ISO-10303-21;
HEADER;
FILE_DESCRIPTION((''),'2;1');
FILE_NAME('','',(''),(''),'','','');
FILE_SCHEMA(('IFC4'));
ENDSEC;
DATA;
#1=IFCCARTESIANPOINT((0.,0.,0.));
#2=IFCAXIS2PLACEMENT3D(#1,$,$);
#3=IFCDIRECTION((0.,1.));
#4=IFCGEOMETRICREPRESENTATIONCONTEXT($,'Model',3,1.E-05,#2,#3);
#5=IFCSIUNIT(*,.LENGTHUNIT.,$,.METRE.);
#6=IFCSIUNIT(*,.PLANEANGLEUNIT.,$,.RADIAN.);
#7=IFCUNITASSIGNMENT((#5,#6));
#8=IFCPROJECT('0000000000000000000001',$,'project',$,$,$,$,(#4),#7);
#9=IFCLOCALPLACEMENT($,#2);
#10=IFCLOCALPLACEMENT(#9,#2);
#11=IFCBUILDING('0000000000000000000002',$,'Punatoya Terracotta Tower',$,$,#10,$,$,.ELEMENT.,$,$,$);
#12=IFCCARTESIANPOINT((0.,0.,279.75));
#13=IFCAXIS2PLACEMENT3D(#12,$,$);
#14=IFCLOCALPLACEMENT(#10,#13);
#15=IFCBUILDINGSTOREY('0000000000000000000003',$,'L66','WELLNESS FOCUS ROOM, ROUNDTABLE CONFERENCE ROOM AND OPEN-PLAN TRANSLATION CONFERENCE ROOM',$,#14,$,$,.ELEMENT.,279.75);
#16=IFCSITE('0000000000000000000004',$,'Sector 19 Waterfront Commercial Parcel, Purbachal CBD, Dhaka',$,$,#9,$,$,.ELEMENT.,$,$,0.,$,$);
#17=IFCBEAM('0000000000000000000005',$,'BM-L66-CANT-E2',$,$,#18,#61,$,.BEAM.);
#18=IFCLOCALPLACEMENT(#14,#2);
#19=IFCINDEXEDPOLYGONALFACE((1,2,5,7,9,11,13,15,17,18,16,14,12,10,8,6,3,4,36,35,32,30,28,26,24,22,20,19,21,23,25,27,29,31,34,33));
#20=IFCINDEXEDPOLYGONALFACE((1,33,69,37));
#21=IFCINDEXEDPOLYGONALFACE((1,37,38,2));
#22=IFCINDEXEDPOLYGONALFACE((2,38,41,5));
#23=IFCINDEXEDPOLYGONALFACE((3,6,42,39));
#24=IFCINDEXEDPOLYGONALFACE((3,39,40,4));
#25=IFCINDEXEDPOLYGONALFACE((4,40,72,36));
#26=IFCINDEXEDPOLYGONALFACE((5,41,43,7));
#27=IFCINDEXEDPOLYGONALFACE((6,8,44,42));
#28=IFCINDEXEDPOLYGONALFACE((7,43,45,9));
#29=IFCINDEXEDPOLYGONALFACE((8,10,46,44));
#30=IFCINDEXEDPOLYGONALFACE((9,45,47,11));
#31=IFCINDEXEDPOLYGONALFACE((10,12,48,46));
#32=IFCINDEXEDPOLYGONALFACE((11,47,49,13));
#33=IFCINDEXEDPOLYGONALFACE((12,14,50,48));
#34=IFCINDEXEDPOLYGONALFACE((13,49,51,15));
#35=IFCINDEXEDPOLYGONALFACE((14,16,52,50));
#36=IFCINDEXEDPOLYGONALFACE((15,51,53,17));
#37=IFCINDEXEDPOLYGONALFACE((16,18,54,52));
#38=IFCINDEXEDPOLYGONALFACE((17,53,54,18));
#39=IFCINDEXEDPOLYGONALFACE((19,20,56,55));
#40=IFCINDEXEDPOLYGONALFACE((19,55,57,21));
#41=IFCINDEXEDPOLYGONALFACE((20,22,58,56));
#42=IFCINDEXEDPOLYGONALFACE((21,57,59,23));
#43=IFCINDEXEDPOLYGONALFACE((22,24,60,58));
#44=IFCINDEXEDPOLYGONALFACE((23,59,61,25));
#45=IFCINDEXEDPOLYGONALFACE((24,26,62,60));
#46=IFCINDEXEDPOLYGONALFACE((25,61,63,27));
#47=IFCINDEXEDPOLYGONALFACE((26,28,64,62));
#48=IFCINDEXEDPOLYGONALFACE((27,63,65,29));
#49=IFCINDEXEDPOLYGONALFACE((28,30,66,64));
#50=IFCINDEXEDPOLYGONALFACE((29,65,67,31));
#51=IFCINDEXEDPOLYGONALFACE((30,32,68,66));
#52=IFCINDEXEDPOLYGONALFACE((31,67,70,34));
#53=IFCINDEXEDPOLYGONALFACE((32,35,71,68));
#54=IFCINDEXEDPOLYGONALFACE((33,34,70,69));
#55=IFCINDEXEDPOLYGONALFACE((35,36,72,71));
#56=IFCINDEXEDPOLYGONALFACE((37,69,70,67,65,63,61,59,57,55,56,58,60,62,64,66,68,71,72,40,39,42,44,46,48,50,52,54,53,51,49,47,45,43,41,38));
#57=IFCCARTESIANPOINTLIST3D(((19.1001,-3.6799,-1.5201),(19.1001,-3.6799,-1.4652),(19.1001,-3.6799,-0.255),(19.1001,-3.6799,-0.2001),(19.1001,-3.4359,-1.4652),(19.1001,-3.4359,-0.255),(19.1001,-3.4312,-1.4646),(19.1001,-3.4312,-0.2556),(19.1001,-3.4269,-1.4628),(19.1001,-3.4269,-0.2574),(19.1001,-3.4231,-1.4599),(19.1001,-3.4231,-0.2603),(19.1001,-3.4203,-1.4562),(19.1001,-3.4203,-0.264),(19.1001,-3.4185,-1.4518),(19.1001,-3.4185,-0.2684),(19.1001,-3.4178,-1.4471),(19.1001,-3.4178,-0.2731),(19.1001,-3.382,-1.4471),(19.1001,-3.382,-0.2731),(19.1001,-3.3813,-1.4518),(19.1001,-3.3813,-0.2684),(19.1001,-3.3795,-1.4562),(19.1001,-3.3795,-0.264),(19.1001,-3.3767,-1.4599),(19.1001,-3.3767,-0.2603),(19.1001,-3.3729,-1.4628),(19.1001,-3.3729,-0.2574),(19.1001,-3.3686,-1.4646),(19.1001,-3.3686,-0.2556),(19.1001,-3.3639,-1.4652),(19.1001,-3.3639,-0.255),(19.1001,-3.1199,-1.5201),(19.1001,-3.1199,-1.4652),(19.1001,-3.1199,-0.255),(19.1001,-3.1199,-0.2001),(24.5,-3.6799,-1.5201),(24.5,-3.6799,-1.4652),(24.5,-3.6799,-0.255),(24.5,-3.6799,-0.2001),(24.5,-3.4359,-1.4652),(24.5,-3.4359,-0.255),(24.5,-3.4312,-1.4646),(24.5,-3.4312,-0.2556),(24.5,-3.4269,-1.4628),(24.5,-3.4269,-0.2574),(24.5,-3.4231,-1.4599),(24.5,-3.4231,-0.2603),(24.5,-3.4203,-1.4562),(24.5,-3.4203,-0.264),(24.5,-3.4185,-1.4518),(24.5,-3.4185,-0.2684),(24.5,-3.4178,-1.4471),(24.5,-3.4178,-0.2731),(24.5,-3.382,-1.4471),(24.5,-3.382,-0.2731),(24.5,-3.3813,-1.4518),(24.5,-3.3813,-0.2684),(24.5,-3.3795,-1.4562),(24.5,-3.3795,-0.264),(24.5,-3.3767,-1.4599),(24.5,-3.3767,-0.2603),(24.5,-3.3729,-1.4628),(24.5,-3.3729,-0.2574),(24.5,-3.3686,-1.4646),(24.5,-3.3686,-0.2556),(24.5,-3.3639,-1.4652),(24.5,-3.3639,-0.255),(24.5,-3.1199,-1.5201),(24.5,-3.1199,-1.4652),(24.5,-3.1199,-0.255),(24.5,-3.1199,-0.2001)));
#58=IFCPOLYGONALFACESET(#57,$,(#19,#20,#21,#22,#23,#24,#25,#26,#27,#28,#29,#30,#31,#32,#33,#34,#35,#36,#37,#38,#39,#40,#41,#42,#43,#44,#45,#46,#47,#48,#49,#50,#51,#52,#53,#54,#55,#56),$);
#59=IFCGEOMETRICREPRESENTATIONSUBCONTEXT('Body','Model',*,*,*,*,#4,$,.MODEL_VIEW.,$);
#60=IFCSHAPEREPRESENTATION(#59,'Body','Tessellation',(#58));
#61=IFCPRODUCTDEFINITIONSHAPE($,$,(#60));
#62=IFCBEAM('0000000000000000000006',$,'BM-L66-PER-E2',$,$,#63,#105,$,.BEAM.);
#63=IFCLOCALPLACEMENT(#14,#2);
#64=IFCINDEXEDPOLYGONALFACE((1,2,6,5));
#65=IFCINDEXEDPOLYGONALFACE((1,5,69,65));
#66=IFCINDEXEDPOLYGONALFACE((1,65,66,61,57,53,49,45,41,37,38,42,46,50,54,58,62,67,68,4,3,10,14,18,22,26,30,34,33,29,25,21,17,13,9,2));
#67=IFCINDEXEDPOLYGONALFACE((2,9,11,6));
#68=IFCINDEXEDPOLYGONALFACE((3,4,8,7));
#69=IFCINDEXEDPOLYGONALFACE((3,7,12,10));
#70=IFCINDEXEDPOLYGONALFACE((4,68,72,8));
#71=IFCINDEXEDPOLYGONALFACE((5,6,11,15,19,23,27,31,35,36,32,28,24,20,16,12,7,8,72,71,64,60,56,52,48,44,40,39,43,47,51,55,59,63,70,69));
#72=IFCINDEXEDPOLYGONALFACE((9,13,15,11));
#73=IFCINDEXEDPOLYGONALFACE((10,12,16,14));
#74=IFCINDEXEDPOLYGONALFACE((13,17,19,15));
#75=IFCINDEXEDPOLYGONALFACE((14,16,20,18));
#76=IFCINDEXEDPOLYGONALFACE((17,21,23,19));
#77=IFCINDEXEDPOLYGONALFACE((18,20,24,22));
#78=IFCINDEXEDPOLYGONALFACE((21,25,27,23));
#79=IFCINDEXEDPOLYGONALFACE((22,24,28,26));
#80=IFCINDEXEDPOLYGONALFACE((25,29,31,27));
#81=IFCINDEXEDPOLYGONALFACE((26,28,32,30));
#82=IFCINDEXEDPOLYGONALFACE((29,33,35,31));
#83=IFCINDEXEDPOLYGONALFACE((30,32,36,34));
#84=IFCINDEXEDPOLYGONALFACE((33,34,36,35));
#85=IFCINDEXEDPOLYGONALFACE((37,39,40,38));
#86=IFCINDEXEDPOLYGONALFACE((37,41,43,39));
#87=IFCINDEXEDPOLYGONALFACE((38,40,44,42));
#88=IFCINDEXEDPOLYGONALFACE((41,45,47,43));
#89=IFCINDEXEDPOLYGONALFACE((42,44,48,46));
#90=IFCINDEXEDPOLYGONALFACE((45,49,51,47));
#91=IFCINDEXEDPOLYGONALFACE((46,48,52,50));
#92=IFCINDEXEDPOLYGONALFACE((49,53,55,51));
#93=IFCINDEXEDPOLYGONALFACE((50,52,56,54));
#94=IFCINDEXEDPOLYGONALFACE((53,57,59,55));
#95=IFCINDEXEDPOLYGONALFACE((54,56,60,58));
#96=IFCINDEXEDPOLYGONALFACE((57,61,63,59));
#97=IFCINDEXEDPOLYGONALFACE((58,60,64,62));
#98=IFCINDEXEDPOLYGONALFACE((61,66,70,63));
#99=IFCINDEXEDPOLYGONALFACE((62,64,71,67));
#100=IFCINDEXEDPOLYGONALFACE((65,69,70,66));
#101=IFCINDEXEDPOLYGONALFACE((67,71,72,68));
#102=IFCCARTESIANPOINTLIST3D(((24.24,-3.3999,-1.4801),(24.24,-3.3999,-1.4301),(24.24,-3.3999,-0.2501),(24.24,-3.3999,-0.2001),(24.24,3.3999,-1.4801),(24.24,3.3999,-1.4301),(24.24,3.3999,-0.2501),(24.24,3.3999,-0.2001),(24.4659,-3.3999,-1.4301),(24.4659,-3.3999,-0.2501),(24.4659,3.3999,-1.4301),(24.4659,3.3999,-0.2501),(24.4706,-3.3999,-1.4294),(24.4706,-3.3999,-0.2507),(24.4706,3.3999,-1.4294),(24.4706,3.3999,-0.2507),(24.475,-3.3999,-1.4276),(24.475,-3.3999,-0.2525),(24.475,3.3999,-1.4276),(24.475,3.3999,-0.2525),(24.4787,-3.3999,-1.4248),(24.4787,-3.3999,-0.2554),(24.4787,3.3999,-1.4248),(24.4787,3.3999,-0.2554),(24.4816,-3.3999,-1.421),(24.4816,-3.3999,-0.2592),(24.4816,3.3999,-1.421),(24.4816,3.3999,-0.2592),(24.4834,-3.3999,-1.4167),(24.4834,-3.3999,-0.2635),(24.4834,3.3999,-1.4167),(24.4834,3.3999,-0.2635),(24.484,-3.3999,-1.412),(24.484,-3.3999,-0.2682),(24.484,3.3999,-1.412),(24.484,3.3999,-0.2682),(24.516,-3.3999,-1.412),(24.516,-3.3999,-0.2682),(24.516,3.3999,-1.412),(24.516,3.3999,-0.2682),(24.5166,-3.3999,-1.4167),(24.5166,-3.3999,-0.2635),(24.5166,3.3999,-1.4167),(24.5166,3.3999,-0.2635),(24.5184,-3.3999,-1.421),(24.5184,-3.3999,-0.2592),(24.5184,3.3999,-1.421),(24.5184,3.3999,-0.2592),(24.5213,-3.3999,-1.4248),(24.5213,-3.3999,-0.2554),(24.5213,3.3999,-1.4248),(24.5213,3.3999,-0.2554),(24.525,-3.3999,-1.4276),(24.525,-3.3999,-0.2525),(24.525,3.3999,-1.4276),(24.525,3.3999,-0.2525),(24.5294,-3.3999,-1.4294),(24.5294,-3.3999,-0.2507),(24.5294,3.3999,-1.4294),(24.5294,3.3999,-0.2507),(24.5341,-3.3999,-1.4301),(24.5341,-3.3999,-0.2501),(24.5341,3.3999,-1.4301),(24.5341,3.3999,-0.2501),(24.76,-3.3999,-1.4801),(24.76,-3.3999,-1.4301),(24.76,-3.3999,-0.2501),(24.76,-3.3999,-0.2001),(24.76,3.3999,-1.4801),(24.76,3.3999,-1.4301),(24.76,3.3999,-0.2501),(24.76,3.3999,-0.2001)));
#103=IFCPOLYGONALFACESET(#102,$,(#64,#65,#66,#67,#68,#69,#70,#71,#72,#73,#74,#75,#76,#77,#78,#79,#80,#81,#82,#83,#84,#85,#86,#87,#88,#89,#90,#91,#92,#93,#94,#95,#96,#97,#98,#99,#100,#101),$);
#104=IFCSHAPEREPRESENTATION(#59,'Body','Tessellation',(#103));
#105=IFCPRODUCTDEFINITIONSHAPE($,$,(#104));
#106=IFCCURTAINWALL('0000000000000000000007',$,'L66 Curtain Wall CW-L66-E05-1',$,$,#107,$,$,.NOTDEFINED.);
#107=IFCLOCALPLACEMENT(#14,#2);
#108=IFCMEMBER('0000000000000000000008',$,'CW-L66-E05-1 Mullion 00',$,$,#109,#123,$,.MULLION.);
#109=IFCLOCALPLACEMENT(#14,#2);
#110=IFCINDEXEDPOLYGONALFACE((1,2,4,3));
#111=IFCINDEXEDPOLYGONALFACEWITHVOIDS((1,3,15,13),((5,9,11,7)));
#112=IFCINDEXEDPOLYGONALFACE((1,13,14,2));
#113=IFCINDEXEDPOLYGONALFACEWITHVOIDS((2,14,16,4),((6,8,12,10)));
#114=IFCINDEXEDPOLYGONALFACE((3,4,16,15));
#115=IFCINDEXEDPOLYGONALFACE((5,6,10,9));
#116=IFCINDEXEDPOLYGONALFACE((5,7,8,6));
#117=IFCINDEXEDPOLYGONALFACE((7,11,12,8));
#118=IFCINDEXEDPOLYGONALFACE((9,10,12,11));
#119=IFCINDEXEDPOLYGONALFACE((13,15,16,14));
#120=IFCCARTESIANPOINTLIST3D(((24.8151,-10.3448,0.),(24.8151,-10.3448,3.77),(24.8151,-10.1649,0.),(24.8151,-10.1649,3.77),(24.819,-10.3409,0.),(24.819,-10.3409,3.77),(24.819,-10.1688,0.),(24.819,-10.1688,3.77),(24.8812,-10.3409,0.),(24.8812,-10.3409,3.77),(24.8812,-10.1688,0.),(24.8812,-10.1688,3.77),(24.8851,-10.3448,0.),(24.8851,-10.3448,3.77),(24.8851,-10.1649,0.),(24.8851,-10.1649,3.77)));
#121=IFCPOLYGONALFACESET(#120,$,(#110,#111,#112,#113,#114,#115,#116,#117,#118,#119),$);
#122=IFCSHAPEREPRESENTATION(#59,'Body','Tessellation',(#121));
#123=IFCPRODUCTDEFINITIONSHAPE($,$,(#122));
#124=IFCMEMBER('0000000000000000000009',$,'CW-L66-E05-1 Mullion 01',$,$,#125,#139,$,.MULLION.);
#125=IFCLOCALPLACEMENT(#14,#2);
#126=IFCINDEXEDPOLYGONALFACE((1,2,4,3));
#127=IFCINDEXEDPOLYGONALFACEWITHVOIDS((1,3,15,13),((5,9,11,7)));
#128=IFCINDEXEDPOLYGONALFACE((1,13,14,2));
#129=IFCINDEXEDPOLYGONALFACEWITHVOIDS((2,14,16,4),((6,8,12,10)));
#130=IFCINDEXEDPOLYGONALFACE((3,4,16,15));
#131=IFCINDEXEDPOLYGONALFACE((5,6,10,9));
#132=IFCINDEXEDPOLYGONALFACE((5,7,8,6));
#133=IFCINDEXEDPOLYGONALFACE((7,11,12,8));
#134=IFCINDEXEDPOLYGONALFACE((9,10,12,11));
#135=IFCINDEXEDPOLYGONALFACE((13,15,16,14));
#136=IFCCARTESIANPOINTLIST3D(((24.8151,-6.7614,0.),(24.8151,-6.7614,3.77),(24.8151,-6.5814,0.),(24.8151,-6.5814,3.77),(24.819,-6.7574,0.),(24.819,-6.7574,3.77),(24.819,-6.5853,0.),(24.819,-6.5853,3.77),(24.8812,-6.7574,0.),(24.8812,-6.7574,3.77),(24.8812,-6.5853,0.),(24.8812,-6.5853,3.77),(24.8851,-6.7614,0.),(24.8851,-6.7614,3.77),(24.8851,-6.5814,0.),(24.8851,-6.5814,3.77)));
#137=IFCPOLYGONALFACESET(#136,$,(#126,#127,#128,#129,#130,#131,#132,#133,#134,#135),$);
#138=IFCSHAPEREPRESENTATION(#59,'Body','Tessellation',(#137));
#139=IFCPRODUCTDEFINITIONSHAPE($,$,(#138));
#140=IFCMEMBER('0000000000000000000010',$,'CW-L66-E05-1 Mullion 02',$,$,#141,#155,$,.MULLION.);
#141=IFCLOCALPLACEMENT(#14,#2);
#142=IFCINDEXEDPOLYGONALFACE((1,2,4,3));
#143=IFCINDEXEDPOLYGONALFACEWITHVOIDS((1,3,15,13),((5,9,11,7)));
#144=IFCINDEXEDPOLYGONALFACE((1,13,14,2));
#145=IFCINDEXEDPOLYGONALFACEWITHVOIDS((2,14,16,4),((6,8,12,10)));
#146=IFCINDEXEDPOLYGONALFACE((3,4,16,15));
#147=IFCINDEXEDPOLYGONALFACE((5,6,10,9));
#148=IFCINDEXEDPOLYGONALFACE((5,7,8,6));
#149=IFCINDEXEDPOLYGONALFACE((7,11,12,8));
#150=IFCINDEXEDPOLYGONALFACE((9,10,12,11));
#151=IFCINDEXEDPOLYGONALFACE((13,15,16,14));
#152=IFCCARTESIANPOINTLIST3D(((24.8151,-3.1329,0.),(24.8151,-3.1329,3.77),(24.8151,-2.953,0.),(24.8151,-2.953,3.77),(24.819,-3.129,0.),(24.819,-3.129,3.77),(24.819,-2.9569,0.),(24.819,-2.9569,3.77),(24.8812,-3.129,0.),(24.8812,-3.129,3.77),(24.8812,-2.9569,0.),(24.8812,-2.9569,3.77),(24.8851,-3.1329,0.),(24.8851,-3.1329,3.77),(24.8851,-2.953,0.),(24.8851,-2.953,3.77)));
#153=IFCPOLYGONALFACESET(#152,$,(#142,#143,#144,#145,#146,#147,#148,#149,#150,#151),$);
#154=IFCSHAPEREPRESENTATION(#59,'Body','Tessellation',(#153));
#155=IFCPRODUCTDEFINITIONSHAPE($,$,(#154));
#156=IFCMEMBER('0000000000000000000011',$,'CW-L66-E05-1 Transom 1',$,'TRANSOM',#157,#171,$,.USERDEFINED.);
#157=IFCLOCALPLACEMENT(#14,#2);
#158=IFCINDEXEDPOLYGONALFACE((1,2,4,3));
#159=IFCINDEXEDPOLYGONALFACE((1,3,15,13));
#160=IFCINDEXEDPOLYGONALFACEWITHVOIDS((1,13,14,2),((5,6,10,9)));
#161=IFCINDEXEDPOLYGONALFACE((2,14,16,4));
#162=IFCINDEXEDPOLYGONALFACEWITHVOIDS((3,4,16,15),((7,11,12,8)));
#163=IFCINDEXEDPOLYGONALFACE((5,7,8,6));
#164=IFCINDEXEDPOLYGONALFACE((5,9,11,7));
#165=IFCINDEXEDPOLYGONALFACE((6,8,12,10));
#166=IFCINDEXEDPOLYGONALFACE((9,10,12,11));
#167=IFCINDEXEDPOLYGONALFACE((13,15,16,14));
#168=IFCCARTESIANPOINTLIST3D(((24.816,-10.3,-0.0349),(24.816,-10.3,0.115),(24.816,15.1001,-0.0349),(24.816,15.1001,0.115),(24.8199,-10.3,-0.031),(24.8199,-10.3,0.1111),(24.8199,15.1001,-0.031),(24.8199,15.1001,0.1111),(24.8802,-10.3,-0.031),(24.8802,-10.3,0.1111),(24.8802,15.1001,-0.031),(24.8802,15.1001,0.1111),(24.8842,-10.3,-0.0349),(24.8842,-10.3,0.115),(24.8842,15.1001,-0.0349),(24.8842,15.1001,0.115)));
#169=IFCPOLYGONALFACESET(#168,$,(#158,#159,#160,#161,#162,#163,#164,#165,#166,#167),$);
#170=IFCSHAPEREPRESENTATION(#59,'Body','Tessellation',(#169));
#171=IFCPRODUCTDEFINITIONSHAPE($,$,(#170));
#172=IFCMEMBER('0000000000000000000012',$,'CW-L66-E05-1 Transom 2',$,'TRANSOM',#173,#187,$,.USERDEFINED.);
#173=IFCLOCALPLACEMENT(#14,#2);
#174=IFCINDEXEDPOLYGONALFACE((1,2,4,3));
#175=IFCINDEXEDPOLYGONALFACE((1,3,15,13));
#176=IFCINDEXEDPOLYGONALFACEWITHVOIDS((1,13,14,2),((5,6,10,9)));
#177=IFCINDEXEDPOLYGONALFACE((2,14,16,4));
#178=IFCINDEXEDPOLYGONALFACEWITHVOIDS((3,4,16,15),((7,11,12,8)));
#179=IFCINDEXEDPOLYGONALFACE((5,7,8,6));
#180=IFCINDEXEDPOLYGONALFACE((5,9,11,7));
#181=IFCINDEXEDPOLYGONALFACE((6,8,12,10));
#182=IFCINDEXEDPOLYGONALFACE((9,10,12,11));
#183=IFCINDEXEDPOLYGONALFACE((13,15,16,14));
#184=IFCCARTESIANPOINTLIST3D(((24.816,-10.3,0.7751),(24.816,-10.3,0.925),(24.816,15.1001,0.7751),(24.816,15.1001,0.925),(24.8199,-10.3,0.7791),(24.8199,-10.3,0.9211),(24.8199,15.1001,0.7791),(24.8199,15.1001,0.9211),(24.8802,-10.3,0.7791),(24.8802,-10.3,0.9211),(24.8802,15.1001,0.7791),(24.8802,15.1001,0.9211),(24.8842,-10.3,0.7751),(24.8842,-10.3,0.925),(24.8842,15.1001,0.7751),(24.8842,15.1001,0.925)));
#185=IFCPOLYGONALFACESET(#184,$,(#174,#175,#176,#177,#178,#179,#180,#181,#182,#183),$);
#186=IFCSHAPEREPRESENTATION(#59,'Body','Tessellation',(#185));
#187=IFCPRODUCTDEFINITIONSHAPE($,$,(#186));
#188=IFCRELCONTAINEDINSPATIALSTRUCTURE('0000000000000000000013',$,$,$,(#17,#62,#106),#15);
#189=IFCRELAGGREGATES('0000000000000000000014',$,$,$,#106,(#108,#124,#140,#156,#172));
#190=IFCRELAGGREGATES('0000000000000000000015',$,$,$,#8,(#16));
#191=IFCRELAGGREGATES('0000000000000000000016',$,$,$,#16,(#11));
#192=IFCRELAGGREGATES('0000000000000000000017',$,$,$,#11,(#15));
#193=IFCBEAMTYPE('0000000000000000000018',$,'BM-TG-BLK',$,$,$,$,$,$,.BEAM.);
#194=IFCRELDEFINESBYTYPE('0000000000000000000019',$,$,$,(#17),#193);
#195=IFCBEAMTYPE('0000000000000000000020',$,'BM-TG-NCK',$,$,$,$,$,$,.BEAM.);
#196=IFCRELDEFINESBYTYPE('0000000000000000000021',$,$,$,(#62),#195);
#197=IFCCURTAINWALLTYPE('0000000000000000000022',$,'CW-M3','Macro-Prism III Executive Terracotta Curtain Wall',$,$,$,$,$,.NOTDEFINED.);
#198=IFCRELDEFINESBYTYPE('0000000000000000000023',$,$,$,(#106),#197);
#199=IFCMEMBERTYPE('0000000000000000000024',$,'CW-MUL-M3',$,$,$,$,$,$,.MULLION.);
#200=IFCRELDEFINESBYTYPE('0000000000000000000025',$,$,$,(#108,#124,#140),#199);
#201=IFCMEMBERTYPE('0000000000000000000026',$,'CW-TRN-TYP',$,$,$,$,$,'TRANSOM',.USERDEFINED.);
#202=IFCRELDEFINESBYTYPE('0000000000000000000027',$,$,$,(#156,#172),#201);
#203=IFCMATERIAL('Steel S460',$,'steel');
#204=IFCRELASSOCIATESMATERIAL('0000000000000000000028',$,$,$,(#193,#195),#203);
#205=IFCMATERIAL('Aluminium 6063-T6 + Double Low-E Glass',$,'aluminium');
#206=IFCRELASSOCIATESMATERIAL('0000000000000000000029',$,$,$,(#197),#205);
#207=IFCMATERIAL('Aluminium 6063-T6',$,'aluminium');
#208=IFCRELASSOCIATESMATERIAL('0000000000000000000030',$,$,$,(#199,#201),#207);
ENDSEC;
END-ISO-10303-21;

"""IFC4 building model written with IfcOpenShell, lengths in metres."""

from ifc_helpers import new_model, si_unit, direction, frame, origin, origin_2d, place, context, subcontext, project, spatial, hollow_rectangle, i_section, extrude, material, material_profile, profile_set, type_object, element, aggregate, save


model = new_model("IFC4")

# Units and contexts
model_context = context("Model", 3, precision=1e-05, world=origin(), true_north=direction((0.0, 1.0)))
body_context = subcontext(model_context, "Body", "Model", "MODEL_VIEW")
ifc_project = project(units=[si_unit("LENGTHUNIT", "METRE"), si_unit("PLANEANGLEUNIT", "RADIAN")], contexts=[model_context])

# Site, building, storey
site_placement = place(None, origin())
site = spatial("IfcSite", under=ifc_project, at=site_placement, Name="Sector 19 Waterfront Commercial Parcel, Purbachal CBD, Dhaka", CompositionType="ELEMENT", RefElevation=0.0)
building_placement = place(site_placement, origin())
building = spatial("IfcBuilding", under=site, at=building_placement, Name="Punatoya Terracotta Tower", CompositionType="ELEMENT")
storey_placement = place(building_placement, frame((0.0, 0.0, 279.75)))
storey = spatial("IfcBuildingStorey", under=building, at=storey_placement, Name="L66", Description="WELLNESS FOCUS ROOM, ROUNDTABLE CONFERENCE ROOM AND OPEN-PLAN TRANSLATION CONFERENCE ROOM", CompositionType="ELEMENT", Elevation=279.75)

# Shared definitions
ifc_material_1 = material(Name="Steel S460", Category="steel")

# Beams
ifc_material_profile_1 = material_profile(ifc_material_1, i_section(OverallWidth=0.5601, OverallDepth=1.3201, WebThickness=0.0359, FlangeThickness=0.0549, FilletRadius=0.0181, at=origin_2d()))
ifc_profile_set_1 = profile_set([ifc_material_profile_1], Name="Steel S460")
beam_type_1 = type_object("IfcBeamType", Name="BM-TG-BLK", PredefinedType="BEAM", material=ifc_profile_set_1)
beam_1_placement = place(storey_placement, frame((19.1001, -3.3999, -0.8601), z_axis=(1.0, 0.0, 0.0), x_axis=(0.0, 1.0, 0.0)))
element("IfcBeam", 1, at=beam_1_placement, inside=storey, type_object=beam_type_1, Name="BM-L66-CANT-E2", PredefinedType="BEAM", context=body_context, shape_type="SweptSolid", body=[
    extrude(i_section(OverallWidth=0.5601, OverallDepth=1.3201, WebThickness=0.0359, FlangeThickness=0.0549, FilletRadius=0.0181, at=origin_2d()), origin(), (0.0, 0.0, 1.0), 5.3999),
])
ifc_material_profile_2 = material_profile(ifc_material_1, i_section(OverallWidth=0.52, OverallDepth=1.28, WebThickness=0.032, FlangeThickness=0.05, FilletRadius=0.0181, at=origin_2d()))
ifc_profile_set_2 = profile_set([ifc_material_profile_2], Name="Steel S460")
beam_type_2 = type_object("IfcBeamType", Name="BM-TG-NCK", PredefinedType="BEAM", material=ifc_profile_set_2)
beam_2_placement = place(storey_placement, frame((24.5, -3.3999, -0.8401), z_axis=(0.0, 1.0, 0.0), x_axis=(-1.0, 0.0, 0.0)))
element("IfcBeam", 2, at=beam_2_placement, inside=storey, type_object=beam_type_2, Name="BM-L66-PER-E2", PredefinedType="BEAM", context=body_context, shape_type="SweptSolid", body=[
    extrude(i_section(OverallWidth=0.52, OverallDepth=1.28, WebThickness=0.032, FlangeThickness=0.05, FilletRadius=0.0181, at=origin_2d()), origin(), (0.0, 0.0, 1.0), 6.7998),
])

# Curtain wall, members
ifc_material_2 = material(Name="Aluminium 6063-T6 + Double Low-E Glass", Category="aluminium")
curtain_wall_type = type_object("IfcCurtainWallType", Name="CW-M3", Description="Macro-Prism III Executive Terracotta Curtain Wall", PredefinedType="NOTDEFINED", material=ifc_material_2)
curtain_wall_placement = place(storey_placement, origin())
curtain_wall = element("IfcCurtainWall", 3, at=curtain_wall_placement, inside=storey, type_object=curtain_wall_type, Name="L66 Curtain Wall CW-L66-E05-1", PredefinedType="NOTDEFINED")
ifc_material_3 = material(Name="Aluminium 6063-T6", Category="aluminium")
ifc_material_profile_3 = material_profile(ifc_material_3, hollow_rectangle(XDim=0.0701, YDim=0.1799, WallThickness=0.0039, at=origin_2d()))
ifc_profile_set_3 = profile_set([ifc_material_profile_3], Name="Aluminium 6063-T6")
member_type_1 = type_object("IfcMemberType", Name="CW-MUL-M3", PredefinedType="MULLION", material=ifc_profile_set_3)
member_1_placement = place(storey_placement, frame((24.8501, -10.2549, 0.0), z_axis=(0.0, 0.0, 1.0), x_axis=(1.0, 0.0, 0.0)))
member_1 = element("IfcMember", 4, at=member_1_placement, type_object=member_type_1, Name="CW-L66-E05-1 Mullion 00", PredefinedType="MULLION", context=body_context, shape_type="SweptSolid", body=[
    extrude(hollow_rectangle(XDim=0.0701, YDim=0.1799, WallThickness=0.0039, at=origin_2d()), origin(), (0.0, 0.0, 1.0), 3.77),
])
member_2_placement = place(storey_placement, frame((24.8501, -6.6714, 0.0), z_axis=(0.0, 0.0, 1.0), x_axis=(1.0, 0.0, 0.0)))
member_2 = element("IfcMember", 5, at=member_2_placement, type_object=member_type_1, Name="CW-L66-E05-1 Mullion 01", PredefinedType="MULLION", context=body_context, shape_type="SweptSolid", body=[
    extrude(hollow_rectangle(XDim=0.0701, YDim=0.1799, WallThickness=0.0039, at=origin_2d()), origin(), (0.0, 0.0, 1.0), 3.77),
])
member_3_placement = place(storey_placement, frame((24.8501, -3.043, 0.0), z_axis=(0.0, 0.0, 1.0), x_axis=(1.0, 0.0, 0.0)))
member_3 = element("IfcMember", 6, at=member_3_placement, type_object=member_type_1, Name="CW-L66-E05-1 Mullion 02", PredefinedType="MULLION", context=body_context, shape_type="SweptSolid", body=[
    extrude(hollow_rectangle(XDim=0.0701, YDim=0.1799, WallThickness=0.0039, at=origin_2d()), origin(), (0.0, 0.0, 1.0), 3.77),
])
ifc_material_profile_4 = material_profile(ifc_material_3, hollow_rectangle(XDim=0.0681, YDim=0.1499, WallThickness=0.0039, at=origin_2d()))
ifc_profile_set_4 = profile_set([ifc_material_profile_4], Name="Aluminium 6063-T6")
member_type_2 = type_object("IfcMemberType", Name="CW-TRN-TYP", ElementType="TRANSOM", PredefinedType="USERDEFINED", material=ifc_profile_set_4)
member_4_placement = place(storey_placement, frame((24.8501, -10.3, 0.04), z_axis=(0.0, 1.0, 0.0), x_axis=(-1.0, 0.0, 0.0)))
member_4 = element("IfcMember", 7, at=member_4_placement, type_object=member_type_2, Name="CW-L66-E05-1 Transom 1", ObjectType="TRANSOM", PredefinedType="USERDEFINED", context=body_context, shape_type="SweptSolid", body=[
    extrude(hollow_rectangle(XDim=0.0681, YDim=0.1499, WallThickness=0.0039, at=origin_2d()), origin(), (0.0, 0.0, 1.0), 25.4001),
])
member_5_placement = place(storey_placement, frame((24.8501, -10.3, 0.8501), z_axis=(0.0, 1.0, 0.0), x_axis=(-1.0, 0.0, 0.0)))
member_5 = element("IfcMember", 8, at=member_5_placement, type_object=member_type_2, Name="CW-L66-E05-1 Transom 2", ObjectType="TRANSOM", PredefinedType="USERDEFINED", context=body_context, shape_type="SweptSolid", body=[
    extrude(hollow_rectangle(XDim=0.0681, YDim=0.1499, WallThickness=0.0039, at=origin_2d()), origin(), (0.0, 0.0, 1.0), 25.4001),
])
aggregate(curtain_wall, [member_1, member_2, member_3, member_4, member_5])

save(model, "model.ifc")
